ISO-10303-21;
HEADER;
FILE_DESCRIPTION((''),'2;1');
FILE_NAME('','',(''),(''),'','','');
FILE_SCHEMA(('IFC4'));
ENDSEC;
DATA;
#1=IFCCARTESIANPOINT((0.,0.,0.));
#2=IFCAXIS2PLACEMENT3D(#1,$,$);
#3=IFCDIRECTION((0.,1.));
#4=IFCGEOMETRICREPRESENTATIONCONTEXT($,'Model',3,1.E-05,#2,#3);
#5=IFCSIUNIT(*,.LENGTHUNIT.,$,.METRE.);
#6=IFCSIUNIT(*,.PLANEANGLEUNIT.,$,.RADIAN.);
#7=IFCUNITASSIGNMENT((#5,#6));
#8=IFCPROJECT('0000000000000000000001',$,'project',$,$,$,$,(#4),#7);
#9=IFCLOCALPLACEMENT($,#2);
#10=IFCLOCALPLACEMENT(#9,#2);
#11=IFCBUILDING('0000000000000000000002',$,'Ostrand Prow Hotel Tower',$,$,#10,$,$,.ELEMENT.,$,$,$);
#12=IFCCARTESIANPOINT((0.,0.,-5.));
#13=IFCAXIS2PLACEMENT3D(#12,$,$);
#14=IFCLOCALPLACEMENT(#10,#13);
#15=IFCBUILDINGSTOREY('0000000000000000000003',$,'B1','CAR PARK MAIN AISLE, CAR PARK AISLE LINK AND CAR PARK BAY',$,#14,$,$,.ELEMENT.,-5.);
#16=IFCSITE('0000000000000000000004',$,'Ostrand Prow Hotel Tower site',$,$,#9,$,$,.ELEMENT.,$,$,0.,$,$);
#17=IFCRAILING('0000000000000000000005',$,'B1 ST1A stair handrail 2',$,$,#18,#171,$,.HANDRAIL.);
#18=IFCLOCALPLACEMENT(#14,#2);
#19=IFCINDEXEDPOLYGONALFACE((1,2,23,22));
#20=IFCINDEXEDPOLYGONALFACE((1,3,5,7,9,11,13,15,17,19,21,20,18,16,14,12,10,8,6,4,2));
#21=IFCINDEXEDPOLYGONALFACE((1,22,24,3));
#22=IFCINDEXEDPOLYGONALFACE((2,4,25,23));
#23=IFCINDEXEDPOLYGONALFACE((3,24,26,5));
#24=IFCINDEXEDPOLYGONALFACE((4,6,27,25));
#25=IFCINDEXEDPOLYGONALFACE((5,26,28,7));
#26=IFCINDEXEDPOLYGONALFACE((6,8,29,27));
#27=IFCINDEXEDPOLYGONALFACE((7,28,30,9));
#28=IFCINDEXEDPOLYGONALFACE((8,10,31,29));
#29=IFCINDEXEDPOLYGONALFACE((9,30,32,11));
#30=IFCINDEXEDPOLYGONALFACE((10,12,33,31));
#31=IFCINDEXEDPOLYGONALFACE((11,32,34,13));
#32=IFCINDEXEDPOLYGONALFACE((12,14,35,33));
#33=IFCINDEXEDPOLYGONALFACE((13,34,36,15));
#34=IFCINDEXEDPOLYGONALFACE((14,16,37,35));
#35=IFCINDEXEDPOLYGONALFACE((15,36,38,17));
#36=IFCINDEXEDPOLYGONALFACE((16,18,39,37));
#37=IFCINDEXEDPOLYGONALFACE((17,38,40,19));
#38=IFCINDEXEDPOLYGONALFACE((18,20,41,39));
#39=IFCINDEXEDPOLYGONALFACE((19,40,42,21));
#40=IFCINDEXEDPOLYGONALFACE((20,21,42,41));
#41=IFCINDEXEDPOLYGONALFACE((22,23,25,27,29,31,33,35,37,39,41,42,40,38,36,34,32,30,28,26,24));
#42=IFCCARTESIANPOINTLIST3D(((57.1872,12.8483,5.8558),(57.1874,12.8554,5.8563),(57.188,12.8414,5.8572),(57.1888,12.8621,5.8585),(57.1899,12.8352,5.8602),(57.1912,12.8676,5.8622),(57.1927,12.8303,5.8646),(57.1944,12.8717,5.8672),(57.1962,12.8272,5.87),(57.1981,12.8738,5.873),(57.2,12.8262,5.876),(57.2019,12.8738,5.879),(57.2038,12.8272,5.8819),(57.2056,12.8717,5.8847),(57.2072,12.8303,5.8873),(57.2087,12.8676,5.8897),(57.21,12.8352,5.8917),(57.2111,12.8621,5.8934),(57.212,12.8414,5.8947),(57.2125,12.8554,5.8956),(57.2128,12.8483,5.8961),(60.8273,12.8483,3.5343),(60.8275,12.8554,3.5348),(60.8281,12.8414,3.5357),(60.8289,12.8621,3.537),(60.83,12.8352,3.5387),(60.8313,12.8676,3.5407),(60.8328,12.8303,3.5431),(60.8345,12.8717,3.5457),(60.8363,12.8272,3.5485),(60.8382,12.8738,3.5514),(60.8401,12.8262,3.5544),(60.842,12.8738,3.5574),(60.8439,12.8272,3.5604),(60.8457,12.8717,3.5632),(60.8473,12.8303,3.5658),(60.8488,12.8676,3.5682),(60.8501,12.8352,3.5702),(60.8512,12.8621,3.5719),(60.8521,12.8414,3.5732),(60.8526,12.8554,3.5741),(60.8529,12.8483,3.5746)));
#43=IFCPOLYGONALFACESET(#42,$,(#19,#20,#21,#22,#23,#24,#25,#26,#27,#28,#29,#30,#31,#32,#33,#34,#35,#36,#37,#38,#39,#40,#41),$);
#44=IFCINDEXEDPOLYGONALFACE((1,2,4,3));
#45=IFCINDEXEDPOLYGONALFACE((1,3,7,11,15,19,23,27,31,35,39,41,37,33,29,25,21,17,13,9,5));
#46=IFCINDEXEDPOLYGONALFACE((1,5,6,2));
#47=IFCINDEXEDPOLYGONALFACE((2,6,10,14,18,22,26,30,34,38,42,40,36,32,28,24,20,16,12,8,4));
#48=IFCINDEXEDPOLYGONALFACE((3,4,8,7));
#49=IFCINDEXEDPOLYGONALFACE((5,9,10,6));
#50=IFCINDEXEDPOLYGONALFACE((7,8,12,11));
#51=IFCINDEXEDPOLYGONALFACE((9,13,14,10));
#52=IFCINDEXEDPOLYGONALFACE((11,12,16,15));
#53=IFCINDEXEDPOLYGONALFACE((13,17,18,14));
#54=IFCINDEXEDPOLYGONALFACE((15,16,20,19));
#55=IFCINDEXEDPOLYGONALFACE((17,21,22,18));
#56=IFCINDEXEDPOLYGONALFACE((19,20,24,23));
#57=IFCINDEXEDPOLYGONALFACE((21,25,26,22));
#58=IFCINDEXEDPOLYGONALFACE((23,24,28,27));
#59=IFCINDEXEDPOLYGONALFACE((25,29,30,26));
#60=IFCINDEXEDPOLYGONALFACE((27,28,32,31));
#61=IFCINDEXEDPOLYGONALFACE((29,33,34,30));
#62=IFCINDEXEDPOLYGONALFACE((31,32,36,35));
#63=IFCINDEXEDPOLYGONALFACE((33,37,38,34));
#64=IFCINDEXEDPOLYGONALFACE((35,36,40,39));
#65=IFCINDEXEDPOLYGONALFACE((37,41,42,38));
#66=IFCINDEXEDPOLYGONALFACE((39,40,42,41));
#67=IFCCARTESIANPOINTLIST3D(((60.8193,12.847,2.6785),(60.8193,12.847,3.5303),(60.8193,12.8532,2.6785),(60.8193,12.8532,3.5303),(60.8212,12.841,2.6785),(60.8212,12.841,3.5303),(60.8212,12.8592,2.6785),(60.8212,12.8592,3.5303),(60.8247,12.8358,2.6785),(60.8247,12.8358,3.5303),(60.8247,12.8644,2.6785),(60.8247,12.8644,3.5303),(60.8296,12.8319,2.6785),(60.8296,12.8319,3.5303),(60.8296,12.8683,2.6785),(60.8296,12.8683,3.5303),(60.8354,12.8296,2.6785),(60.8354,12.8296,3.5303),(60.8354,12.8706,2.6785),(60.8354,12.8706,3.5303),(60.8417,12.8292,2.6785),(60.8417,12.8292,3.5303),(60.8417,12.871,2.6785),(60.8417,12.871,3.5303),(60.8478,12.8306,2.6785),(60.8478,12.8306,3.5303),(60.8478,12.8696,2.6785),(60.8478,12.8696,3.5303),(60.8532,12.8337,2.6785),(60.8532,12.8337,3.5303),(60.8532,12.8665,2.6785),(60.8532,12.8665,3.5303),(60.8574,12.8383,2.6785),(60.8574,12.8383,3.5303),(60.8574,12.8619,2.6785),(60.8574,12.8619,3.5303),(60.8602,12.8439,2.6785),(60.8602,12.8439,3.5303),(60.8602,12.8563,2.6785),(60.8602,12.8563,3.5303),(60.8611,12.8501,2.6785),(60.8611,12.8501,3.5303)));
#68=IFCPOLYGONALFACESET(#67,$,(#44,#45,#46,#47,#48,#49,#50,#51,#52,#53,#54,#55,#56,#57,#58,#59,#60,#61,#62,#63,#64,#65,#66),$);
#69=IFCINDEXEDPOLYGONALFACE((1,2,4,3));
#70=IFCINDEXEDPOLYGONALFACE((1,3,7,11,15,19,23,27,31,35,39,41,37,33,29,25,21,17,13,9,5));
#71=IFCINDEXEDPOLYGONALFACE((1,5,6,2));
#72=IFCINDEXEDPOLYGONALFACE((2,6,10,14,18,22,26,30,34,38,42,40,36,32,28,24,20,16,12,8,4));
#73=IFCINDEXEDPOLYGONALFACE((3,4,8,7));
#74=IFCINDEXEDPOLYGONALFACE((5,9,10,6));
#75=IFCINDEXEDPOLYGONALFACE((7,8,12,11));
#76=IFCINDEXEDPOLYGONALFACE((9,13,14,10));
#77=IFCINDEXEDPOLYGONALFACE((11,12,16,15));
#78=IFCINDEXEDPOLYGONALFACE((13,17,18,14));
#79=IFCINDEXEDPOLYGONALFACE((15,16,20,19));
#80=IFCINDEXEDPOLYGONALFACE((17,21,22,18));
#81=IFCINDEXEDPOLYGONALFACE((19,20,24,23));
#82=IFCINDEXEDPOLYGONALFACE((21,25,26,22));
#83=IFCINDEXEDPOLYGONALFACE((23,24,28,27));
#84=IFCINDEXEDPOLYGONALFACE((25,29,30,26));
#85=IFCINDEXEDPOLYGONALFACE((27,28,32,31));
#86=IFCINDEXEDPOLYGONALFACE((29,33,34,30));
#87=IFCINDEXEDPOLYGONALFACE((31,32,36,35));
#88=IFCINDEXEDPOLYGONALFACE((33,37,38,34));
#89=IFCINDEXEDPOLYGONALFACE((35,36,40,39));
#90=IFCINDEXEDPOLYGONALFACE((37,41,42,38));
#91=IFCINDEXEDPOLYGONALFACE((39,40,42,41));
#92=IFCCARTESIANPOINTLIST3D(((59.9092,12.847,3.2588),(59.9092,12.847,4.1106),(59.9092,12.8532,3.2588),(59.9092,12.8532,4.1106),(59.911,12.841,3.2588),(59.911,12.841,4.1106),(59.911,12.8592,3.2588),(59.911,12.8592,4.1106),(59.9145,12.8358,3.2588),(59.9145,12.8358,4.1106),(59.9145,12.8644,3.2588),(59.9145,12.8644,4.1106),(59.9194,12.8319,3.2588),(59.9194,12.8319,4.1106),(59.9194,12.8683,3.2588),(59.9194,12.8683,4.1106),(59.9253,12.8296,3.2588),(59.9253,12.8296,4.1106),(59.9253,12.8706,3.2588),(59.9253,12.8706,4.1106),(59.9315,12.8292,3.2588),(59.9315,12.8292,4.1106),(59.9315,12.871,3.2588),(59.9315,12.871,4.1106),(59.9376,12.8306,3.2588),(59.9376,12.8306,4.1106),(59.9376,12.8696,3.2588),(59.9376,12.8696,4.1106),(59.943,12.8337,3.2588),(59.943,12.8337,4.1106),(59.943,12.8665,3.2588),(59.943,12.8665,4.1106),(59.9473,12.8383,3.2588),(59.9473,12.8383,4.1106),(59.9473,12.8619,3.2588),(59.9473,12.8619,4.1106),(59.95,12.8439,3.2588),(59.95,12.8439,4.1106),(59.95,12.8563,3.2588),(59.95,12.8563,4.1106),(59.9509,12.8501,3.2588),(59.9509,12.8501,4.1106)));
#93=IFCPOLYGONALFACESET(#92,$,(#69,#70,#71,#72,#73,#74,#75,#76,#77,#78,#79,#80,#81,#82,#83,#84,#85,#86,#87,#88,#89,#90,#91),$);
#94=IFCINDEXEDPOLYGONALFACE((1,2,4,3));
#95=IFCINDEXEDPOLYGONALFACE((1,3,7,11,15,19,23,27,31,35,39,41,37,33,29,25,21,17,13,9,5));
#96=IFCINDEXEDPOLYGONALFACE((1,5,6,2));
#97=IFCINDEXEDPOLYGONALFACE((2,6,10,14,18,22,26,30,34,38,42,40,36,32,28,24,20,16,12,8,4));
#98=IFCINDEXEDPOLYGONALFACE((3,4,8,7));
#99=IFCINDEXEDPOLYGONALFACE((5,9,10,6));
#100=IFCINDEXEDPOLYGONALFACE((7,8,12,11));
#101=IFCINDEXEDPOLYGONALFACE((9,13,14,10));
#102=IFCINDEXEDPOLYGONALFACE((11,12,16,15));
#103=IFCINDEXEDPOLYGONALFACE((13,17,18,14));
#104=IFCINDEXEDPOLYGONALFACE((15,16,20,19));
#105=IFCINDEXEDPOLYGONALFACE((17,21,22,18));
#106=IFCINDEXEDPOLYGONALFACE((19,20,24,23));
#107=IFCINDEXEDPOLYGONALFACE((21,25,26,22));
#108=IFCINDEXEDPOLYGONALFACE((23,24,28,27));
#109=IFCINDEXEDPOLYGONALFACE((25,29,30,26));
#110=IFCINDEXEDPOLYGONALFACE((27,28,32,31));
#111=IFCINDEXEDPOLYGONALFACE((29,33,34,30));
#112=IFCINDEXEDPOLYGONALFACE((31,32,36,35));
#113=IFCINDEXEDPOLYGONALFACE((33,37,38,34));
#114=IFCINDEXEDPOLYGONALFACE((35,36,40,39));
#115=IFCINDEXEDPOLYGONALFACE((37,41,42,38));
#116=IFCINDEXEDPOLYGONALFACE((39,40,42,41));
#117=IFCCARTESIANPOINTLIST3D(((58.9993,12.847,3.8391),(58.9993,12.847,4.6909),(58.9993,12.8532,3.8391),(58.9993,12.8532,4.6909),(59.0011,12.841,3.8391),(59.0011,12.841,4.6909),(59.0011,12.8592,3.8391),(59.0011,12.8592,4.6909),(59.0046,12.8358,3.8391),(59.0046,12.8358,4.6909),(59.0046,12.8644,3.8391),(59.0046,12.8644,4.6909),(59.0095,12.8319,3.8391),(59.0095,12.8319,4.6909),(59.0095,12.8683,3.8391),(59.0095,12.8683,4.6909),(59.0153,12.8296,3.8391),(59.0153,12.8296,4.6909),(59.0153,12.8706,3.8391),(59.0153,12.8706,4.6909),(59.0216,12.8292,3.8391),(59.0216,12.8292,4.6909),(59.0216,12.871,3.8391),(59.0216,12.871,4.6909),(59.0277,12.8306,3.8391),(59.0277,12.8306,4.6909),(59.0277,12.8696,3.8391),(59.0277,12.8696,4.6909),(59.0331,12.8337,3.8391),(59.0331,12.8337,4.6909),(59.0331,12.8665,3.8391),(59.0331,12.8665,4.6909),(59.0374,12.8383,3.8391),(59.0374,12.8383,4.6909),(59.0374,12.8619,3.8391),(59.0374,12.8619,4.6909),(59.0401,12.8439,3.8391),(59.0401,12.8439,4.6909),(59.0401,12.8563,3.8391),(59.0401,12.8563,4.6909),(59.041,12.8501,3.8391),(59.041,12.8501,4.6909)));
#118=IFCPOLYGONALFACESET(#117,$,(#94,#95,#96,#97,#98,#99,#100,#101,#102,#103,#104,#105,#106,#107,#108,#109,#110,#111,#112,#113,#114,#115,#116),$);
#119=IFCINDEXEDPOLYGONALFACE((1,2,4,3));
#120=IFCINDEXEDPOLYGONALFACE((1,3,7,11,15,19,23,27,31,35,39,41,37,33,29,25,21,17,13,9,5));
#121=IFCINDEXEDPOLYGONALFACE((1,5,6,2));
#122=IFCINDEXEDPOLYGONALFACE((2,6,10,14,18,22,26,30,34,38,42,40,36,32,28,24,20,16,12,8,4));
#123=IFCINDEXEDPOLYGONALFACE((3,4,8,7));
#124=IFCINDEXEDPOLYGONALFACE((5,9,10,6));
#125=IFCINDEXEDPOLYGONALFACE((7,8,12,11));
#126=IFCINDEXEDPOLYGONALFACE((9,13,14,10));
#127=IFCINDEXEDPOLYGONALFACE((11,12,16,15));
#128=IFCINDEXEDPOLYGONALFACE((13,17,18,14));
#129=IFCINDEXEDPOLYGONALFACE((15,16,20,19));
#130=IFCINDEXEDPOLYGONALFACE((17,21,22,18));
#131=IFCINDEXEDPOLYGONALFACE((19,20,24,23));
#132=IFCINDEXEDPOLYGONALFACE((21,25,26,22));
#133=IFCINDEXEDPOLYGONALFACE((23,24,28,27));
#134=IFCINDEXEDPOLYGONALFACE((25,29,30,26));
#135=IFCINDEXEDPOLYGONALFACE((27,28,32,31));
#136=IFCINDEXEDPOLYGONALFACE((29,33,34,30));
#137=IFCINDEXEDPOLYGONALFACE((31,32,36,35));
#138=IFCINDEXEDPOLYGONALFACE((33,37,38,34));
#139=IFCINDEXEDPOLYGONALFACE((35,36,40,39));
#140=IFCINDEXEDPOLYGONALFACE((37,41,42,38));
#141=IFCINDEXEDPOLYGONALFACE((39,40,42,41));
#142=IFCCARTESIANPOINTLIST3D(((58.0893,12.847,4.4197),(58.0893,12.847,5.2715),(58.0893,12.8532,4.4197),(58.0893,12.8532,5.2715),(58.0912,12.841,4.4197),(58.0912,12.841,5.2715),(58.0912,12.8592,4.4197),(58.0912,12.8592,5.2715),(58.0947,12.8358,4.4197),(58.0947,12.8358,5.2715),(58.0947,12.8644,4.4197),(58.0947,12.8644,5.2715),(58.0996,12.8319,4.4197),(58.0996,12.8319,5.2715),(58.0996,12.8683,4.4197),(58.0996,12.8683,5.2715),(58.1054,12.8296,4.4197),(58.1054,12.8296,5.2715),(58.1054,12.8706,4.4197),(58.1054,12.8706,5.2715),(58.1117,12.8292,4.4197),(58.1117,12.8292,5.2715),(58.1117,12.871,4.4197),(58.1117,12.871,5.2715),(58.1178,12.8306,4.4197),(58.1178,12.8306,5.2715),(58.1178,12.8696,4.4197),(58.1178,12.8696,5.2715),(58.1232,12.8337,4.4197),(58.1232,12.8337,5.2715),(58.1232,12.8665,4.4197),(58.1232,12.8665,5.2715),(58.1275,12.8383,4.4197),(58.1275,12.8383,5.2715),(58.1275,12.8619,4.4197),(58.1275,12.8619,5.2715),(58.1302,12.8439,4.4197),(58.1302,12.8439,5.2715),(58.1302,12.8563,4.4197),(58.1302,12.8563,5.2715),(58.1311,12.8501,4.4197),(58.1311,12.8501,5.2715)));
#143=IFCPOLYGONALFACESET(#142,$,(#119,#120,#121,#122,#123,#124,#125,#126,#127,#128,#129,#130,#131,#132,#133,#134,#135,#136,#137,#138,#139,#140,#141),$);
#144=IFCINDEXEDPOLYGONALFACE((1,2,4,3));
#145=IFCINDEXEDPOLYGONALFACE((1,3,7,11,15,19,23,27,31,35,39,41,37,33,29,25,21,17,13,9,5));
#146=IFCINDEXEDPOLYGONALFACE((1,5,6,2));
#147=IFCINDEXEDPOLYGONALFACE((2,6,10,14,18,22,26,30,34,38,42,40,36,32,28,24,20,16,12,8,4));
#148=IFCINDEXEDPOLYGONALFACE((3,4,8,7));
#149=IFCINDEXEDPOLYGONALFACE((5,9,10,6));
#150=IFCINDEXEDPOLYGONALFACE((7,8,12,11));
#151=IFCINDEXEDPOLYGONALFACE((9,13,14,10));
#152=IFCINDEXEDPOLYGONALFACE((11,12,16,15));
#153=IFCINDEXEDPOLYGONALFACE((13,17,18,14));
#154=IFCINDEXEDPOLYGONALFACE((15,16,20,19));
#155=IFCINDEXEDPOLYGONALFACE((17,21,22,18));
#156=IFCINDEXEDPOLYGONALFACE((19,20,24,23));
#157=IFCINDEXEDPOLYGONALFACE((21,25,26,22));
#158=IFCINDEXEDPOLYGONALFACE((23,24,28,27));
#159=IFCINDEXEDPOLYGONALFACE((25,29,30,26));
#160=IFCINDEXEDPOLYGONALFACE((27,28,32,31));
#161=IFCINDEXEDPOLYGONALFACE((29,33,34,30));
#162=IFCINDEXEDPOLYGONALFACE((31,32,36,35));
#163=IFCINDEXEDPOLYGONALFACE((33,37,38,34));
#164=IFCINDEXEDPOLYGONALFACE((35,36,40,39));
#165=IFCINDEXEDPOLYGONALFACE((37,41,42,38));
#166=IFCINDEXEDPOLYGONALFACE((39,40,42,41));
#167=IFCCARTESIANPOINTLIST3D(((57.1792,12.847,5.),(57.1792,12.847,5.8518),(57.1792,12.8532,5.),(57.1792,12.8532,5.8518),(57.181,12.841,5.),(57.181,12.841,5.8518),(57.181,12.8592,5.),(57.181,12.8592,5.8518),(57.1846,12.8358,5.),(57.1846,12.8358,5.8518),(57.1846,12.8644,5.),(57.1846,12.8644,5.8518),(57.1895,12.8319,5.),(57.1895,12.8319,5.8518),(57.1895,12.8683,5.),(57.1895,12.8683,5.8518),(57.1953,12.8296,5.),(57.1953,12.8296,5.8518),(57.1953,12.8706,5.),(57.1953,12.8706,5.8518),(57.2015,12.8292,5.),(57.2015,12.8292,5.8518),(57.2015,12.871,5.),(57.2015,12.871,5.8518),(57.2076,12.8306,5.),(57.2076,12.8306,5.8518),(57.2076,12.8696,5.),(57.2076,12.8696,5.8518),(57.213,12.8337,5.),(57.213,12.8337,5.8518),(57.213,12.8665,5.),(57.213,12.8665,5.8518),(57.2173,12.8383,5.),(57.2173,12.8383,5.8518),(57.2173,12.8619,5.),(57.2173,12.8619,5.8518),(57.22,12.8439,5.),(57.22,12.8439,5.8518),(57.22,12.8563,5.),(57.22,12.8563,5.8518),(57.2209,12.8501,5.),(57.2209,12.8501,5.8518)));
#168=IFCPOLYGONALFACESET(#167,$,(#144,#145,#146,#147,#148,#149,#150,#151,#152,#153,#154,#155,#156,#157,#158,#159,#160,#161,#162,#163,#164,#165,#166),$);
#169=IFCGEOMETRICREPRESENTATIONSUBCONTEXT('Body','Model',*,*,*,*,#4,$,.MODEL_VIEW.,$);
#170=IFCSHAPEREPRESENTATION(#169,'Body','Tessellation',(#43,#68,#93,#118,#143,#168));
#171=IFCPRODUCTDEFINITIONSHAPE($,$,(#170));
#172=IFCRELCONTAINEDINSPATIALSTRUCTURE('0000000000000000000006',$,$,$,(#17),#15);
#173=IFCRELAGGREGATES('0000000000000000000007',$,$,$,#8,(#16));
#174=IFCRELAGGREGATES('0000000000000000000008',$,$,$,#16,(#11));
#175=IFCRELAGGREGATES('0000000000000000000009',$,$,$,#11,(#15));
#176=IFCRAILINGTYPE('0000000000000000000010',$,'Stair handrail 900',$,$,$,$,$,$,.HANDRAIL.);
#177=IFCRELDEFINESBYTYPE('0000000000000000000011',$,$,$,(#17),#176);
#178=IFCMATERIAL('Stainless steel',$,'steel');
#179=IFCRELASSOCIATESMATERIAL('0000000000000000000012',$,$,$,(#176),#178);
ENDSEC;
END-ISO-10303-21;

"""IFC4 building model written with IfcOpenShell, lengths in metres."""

from ifc_helpers import new_model, si_unit, direction, frame, origin, origin_2d, place, context, subcontext, project, spatial, circle, extrude, material, type_object, element, save


model = new_model("IFC4")

# Units and contexts
model_context = context("Model", 3, precision=1e-05, world=origin(), true_north=direction((0.0, 1.0)))
body_context = subcontext(model_context, "Body", "Model", "MODEL_VIEW")
ifc_project = project(units=[si_unit("LENGTHUNIT", "METRE"), si_unit("PLANEANGLEUNIT", "RADIAN")], contexts=[model_context])

# Site, building, storey
site_placement = place(None, origin())
site = spatial("IfcSite", under=ifc_project, at=site_placement, Name="Ostrand Prow Hotel Tower site", CompositionType="ELEMENT", RefElevation=0.0)
building_placement = place(site_placement, origin())
building = spatial("IfcBuilding", under=site, at=building_placement, Name="Ostrand Prow Hotel Tower", CompositionType="ELEMENT")
storey_placement = place(building_placement, frame((0.0, 0.0, -5.0)))
storey = spatial("IfcBuildingStorey", under=building, at=storey_placement, Name="B1", Description="CAR PARK MAIN AISLE, CAR PARK AISLE LINK AND CAR PARK BAY", CompositionType="ELEMENT", Elevation=-5.0)

# Railing
ifc_material_1 = material(Name="Stainless steel", Category="steel")
railing_type_1 = type_object("IfcRailingType", Name="Stair handrail 900", PredefinedType="HANDRAIL", material=ifc_material_1)
railing_1_placement = place(storey_placement, frame((60.8401, 12.8501, 2.6785)))
element("IfcRailing", 1, at=railing_1_placement, inside=storey, type_object=railing_type_1, Name="B1 ST1A stair handrail 2", PredefinedType="HANDRAIL", context=body_context, shape_type="SweptSolid", body=[
    extrude(circle(Radius=0.0239, at=origin_2d()), frame((0.0, 0.0, 0.876), z_axis=(-0.843128, 0.0, 0.537713), x_axis=(0.0, -1.0, 0.0)), (0.0, 0.0, 1.0), 4.3174),
    extrude(circle(Radius=0.021, at=origin_2d()), origin(), (0.0, 0.0, 1.0), 0.8518),
    extrude(circle(Radius=0.021, at=origin_2d()), frame((-0.9102, 0.0, 0.5803)), (0.0, 0.0, 1.0), 0.8518),
    extrude(circle(Radius=0.021, at=origin_2d()), frame((-1.8201, 0.0, 1.1606)), (0.0, 0.0, 1.0), 0.8518),
    extrude(circle(Radius=0.021, at=origin_2d()), frame((-2.73, 0.0, 1.7412)), (0.0, 0.0, 1.0), 0.8518),
    extrude(circle(Radius=0.021, at=origin_2d()), frame((-3.6401, 0.0, 2.3215)), (0.0, 0.0, 1.0), 0.8518),
])

save(model, "model.ifc")
